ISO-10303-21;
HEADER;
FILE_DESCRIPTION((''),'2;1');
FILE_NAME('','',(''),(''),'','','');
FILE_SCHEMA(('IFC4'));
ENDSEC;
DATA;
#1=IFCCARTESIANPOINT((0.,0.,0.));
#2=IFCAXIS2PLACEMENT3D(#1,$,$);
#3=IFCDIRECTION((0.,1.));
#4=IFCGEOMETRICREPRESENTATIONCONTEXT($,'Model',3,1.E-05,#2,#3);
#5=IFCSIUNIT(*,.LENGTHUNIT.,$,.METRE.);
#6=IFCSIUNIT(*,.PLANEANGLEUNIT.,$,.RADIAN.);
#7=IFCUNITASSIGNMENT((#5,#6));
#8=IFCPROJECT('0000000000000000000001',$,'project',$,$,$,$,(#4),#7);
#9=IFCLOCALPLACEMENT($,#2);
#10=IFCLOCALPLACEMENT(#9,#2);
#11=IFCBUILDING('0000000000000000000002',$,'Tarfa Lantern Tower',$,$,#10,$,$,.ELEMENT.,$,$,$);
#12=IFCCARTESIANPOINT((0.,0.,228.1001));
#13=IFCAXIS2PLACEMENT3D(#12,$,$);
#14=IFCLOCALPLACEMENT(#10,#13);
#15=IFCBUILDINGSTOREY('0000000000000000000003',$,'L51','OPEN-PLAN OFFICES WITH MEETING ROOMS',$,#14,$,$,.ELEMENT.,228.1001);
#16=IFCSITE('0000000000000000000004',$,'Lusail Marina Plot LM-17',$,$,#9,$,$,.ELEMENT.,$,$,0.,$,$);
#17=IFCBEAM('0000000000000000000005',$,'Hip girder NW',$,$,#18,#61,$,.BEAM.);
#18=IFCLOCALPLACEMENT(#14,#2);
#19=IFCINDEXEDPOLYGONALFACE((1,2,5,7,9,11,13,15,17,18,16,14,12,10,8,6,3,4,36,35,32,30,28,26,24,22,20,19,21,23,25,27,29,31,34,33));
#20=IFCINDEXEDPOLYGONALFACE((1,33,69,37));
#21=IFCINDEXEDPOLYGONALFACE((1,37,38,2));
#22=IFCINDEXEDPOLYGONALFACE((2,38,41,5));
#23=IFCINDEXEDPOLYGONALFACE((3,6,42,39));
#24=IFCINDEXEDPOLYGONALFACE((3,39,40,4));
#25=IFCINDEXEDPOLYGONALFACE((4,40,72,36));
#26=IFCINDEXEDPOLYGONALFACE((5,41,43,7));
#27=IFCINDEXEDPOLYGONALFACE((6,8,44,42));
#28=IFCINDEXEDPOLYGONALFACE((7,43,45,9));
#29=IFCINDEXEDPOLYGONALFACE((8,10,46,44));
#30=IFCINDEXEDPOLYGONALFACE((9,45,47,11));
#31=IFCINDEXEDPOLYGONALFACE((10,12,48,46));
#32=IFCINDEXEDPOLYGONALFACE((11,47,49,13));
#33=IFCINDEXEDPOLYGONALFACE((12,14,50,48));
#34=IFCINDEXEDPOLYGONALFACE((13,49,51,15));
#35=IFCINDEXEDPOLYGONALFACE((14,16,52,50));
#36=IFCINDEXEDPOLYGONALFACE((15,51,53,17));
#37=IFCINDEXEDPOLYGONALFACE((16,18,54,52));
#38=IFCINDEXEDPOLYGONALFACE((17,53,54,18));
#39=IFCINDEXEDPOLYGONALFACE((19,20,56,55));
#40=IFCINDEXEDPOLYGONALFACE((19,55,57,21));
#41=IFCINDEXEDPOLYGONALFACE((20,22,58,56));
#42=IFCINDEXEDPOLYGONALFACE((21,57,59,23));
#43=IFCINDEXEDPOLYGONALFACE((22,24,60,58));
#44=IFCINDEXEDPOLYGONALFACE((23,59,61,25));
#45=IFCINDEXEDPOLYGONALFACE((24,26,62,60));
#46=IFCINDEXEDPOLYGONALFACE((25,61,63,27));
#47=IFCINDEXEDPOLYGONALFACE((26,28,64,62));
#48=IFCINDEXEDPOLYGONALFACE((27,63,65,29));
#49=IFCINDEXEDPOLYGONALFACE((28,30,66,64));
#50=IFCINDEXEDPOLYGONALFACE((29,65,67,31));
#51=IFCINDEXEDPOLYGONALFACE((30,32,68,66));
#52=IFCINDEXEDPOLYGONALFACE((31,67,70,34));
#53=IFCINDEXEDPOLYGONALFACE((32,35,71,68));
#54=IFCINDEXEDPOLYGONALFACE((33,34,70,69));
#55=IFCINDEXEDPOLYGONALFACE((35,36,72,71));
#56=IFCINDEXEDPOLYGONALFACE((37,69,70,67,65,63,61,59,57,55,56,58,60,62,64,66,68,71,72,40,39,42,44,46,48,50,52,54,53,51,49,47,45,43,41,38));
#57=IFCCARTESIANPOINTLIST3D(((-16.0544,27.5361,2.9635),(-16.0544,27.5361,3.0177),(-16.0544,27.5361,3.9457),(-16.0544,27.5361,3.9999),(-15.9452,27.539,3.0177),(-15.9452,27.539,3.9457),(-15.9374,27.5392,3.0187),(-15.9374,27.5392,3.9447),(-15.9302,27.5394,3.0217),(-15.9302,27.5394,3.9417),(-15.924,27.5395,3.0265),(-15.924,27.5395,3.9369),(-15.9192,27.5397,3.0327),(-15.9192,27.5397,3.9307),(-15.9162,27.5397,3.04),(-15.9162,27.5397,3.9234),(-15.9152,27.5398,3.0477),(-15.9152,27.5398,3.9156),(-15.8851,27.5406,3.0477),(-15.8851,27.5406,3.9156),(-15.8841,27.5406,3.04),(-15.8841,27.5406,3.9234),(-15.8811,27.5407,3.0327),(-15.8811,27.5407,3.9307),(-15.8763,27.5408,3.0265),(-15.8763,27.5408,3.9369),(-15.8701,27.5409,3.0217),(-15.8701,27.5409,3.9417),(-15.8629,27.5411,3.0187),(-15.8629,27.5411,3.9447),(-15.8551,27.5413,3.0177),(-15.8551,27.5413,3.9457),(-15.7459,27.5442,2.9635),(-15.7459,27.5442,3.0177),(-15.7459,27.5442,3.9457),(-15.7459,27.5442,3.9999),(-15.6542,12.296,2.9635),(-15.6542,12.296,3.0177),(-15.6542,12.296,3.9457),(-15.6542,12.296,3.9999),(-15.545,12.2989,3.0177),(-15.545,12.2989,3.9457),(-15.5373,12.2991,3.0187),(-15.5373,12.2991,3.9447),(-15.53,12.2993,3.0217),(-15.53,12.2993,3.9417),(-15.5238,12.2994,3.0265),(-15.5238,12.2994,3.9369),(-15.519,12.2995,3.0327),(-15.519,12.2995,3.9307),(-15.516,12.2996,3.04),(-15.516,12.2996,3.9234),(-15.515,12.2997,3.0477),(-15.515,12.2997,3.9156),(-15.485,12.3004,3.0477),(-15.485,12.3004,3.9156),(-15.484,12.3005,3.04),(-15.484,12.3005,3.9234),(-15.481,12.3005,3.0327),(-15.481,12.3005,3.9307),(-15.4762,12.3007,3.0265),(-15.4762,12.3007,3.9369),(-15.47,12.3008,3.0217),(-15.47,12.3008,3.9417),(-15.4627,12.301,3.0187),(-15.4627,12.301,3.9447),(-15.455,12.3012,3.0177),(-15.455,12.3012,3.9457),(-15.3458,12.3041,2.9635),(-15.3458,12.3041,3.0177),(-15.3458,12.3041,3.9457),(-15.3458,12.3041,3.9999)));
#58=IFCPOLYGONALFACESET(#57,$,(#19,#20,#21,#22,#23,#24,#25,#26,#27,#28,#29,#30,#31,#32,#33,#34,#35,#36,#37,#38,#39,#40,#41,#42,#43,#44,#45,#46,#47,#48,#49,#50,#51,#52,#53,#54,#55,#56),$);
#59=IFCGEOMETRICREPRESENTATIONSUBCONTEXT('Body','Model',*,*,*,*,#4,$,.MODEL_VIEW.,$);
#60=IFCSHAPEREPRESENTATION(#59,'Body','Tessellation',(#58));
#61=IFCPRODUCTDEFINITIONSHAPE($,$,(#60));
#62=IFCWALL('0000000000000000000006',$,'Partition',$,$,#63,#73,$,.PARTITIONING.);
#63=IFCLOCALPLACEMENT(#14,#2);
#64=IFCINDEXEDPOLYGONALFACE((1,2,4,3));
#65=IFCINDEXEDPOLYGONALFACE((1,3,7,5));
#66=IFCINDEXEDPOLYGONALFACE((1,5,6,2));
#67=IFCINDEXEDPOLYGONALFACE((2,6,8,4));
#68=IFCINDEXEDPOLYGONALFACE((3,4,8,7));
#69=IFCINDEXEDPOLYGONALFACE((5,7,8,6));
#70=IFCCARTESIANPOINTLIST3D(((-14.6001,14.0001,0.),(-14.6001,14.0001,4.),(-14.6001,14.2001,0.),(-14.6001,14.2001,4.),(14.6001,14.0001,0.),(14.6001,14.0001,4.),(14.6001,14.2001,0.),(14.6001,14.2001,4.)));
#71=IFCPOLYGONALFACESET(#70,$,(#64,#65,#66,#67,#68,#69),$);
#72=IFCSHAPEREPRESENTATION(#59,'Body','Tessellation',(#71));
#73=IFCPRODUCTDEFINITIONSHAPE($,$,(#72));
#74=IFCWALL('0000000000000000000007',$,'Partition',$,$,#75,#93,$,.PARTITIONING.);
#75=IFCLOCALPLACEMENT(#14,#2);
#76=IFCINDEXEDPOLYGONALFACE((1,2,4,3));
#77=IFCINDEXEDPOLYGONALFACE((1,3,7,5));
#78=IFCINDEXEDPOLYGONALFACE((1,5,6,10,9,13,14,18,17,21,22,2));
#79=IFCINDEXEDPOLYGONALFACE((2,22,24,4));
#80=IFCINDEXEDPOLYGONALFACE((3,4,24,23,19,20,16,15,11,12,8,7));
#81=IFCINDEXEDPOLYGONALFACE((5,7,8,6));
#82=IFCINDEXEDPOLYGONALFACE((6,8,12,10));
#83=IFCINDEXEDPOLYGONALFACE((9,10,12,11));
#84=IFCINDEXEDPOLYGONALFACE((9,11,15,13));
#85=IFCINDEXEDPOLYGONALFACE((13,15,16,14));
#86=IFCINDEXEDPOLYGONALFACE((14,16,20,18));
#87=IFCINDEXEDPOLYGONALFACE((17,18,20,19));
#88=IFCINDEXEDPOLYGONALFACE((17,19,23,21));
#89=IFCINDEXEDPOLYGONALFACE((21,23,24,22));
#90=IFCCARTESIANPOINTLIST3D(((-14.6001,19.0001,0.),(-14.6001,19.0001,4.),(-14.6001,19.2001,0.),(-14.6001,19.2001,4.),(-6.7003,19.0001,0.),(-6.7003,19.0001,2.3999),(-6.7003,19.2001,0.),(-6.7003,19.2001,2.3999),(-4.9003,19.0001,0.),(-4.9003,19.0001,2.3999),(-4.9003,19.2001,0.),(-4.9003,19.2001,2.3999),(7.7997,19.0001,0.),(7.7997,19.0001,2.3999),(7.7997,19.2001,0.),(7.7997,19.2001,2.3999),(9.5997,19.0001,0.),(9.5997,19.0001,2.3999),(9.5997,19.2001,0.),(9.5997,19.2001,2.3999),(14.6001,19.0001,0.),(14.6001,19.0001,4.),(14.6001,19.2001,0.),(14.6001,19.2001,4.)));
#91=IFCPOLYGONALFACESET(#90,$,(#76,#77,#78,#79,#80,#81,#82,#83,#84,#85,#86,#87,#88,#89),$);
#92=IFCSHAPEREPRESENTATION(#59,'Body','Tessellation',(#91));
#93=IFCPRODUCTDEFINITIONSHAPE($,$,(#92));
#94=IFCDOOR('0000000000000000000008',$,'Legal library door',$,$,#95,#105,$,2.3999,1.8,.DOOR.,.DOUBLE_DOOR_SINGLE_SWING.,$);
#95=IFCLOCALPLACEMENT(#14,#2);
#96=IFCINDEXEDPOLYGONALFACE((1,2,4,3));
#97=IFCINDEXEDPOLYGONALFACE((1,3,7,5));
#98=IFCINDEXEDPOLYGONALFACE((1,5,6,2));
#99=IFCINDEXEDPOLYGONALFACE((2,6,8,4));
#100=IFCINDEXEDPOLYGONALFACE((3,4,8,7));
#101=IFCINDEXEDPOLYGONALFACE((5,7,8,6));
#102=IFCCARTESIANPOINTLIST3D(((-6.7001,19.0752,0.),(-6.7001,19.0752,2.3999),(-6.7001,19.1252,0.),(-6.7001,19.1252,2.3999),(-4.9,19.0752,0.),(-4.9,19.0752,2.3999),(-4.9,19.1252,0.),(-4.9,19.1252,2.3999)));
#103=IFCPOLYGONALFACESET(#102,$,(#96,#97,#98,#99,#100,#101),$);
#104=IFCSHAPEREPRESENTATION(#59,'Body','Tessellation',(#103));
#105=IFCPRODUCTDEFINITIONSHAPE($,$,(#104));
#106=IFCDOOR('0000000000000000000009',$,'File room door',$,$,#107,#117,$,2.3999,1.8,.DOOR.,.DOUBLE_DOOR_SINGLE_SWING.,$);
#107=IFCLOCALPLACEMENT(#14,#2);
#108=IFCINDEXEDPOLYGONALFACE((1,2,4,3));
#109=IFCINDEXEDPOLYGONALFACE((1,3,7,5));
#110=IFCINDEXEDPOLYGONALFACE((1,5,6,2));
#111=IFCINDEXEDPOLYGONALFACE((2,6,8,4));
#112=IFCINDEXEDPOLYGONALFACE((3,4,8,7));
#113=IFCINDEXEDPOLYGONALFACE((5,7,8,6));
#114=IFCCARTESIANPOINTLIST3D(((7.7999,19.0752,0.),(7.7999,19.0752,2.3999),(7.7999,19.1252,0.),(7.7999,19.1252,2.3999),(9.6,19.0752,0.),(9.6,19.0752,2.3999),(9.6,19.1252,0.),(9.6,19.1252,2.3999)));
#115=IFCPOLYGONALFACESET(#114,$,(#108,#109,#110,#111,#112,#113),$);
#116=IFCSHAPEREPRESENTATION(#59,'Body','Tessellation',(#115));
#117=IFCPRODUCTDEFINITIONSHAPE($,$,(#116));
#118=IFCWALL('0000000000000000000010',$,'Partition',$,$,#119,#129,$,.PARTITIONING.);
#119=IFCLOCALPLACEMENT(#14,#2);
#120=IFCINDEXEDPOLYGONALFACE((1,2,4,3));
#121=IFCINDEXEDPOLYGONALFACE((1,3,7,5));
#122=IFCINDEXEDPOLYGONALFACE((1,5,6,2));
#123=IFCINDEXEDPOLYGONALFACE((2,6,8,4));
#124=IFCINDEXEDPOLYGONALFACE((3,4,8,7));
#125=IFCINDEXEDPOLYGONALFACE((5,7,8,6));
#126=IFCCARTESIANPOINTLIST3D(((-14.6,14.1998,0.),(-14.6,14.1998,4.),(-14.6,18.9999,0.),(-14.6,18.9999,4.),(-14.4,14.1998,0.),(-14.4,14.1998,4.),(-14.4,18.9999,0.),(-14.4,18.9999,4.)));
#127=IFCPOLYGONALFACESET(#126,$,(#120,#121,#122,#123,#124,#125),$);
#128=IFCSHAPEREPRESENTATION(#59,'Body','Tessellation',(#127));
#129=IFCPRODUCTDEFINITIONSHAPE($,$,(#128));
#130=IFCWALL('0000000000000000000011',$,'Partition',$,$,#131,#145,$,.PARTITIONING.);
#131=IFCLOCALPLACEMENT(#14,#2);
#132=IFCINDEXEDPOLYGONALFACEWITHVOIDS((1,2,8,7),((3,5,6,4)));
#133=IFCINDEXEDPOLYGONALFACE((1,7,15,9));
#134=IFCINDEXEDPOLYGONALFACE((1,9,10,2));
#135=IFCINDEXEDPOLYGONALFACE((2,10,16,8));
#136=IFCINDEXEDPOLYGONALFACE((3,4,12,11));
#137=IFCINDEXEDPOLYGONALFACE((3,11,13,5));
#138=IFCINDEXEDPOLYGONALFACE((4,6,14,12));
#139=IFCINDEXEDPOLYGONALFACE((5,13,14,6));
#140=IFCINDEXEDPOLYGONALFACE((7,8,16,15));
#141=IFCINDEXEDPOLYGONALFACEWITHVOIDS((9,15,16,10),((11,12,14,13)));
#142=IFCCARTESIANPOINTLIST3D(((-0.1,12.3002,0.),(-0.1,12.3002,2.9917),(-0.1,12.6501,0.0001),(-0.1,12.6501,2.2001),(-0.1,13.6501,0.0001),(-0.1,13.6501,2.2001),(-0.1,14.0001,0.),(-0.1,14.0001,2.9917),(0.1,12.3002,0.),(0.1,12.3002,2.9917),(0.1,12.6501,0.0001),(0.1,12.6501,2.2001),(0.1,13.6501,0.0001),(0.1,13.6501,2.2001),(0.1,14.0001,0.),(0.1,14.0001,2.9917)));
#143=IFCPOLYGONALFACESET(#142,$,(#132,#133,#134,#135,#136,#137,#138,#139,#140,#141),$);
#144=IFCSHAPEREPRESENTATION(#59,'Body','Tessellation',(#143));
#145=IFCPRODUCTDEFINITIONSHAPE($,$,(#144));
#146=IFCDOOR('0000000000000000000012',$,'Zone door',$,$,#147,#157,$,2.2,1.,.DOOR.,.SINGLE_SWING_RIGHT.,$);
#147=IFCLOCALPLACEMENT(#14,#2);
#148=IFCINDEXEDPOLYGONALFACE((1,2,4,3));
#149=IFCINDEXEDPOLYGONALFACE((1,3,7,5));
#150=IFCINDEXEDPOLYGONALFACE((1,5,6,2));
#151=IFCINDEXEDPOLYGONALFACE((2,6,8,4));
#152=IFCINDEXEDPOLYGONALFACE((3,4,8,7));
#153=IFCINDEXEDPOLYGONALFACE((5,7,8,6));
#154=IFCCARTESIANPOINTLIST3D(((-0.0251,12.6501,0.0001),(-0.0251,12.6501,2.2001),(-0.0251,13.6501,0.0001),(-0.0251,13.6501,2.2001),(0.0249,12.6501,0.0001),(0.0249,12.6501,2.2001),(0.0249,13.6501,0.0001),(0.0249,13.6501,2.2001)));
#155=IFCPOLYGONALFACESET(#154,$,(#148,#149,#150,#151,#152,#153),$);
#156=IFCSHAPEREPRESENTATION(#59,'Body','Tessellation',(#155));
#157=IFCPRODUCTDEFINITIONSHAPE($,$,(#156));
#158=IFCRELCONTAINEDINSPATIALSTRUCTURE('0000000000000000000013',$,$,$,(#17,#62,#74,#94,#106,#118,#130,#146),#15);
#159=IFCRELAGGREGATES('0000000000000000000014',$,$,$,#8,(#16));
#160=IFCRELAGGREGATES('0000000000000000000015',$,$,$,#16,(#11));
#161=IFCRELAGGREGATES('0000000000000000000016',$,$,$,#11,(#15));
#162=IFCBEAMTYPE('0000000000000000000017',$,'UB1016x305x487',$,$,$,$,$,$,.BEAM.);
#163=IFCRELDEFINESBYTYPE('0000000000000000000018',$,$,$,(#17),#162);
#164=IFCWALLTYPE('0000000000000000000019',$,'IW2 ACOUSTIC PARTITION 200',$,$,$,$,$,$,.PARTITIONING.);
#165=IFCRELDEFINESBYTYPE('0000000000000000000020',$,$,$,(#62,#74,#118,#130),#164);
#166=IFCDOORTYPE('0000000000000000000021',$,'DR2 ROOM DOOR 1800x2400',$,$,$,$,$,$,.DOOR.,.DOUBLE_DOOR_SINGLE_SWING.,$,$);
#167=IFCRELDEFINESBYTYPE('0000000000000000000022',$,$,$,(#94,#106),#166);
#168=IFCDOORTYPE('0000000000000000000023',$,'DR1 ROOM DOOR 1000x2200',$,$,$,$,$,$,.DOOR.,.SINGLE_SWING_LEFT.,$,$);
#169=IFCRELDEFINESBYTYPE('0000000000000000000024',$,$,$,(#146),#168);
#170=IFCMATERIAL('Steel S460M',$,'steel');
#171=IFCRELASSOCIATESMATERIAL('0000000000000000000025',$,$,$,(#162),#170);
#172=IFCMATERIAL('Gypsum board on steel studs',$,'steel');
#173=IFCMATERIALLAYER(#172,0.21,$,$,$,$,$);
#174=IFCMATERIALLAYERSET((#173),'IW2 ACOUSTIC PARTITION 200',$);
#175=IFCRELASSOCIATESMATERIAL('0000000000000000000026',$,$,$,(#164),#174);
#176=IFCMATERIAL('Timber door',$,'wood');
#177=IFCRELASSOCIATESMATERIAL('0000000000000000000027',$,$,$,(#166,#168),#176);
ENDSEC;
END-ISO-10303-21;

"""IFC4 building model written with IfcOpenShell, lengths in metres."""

from ifc_helpers import new_model, si_unit, direction, frame, frame_2d, origin, origin_2d, place, context, subcontext, project, spatial, rectangle, i_section, extrude, material, layer, layer_set, material_profile, profile_set, type_object, element, fill, save


model = new_model("IFC4")

# Units and contexts
model_context = context("Model", 3, precision=1e-05, world=origin(), true_north=direction((0.0, 1.0)))
body_context = subcontext(model_context, "Body", "Model", "MODEL_VIEW")
ifc_project = project(units=[si_unit("LENGTHUNIT", "METRE"), si_unit("PLANEANGLEUNIT", "RADIAN")], contexts=[model_context])

# Site, building, storey
site_placement = place(None, origin())
site = spatial("IfcSite", under=ifc_project, at=site_placement, Name="Lusail Marina Plot LM-17", CompositionType="ELEMENT", RefElevation=0.0)
building_placement = place(site_placement, origin())
building = spatial("IfcBuilding", under=site, at=building_placement, Name="Tarfa Lantern Tower", CompositionType="ELEMENT")
storey_placement = place(building_placement, frame((0.0, 0.0, 228.1001)))
storey = spatial("IfcBuildingStorey", under=building, at=storey_placement, Name="L51", Description="OPEN-PLAN OFFICES WITH MEETING ROOMS", CompositionType="ELEMENT", Elevation=228.1001)

# Beam
ifc_material_1 = material(Name="Steel S460M", Category="steel")
ifc_material_profile = material_profile(ifc_material_1, i_section(OverallWidth=0.3086, OverallDepth=1.0364, WebThickness=0.03, FlangeThickness=0.0542, FilletRadius=0.03, at=origin_2d()), Name="UB1016x305x487")
ifc_profile_set = profile_set([ifc_material_profile], Name="Steel S460M")
beam_type = type_object("IfcBeamType", Name="UB1016x305x487", PredefinedType="BEAM", material=ifc_profile_set)
beam_placement = place(storey_placement, frame((-15.5, 12.3, 3.4817), z_axis=(-0.026247, 0.999655, 0.0), x_axis=(-0.999655, -0.026247, 0.0)))
element("IfcBeam", 1, at=beam_placement, inside=storey, type_object=beam_type, Name="Hip girder NW", PredefinedType="BEAM", context=body_context, shape_type="SweptSolid", body=[
    extrude(i_section(OverallWidth=0.3086, OverallDepth=1.0364, WebThickness=0.03, FlangeThickness=0.0542, FilletRadius=0.03, at=origin_2d()), origin(), (0.0, 0.0, 1.0), 15.2454),
])

# Wall
ifc_material_2 = material(Name="Gypsum board on steel studs", Category="steel")
ifc_layer_1 = layer(ifc_material_2, 0.21)
ifc_layer_set_1 = layer_set([ifc_layer_1], Name="IW2 ACOUSTIC PARTITION 200")
wall_type_1 = type_object("IfcWallType", Name="IW2 ACOUSTIC PARTITION 200", PredefinedType="PARTITIONING", material=ifc_layer_set_1)
wall_1_placement = place(storey_placement, frame((-14.6001, 14.1001, 0.0), z_axis=(0.0, 0.0, 1.0), x_axis=(1.0, 0.0, 0.0)))
element("IfcWall", 2, at=wall_1_placement, inside=storey, type_object=wall_type_1, Name="Partition", PredefinedType="PARTITIONING", context=body_context, shape_type="SweptSolid", body=[
    extrude(rectangle(XDim=29.2002, YDim=0.2, at=frame_2d((14.6001, 0.0))), origin(), (0.0, 0.0, 1.0), 4.0),
])

# Wall, openings, doors
wall_2_placement = place(storey_placement, frame((-14.6001, 19.1001, 0.0), z_axis=(0.0, 0.0, 1.0), x_axis=(1.0, 0.0, 0.0)))
wall_2 = element("IfcWall", 3, at=wall_2_placement, inside=storey, type_object=wall_type_1, Name="Partition", PredefinedType="PARTITIONING", context=body_context, shape_type="SweptSolid", body=[
    extrude(rectangle(XDim=29.2002, YDim=0.2, at=frame_2d((14.6001, 0.0))), origin(), (0.0, 0.0, 1.0), 4.0),
])
opening_1_placement = place(wall_2_placement, frame((7.8999, 0.0, 0.0)))
opening_1 = element("IfcOpeningElement", 4, at=opening_1_placement, cuts=wall_2, PredefinedType="OPENING", context=body_context, shape_type="SweptSolid", body=[
    extrude(rectangle(XDim=1.8, YDim=2.3999, at=frame_2d((0.8999, 1.2))), frame((0.0, 0.1099, 0.0), z_axis=(0.0, -1.0, 0.0), x_axis=(1.0, 0.0, 0.0)), (0.0, 0.0, 1.0), 0.22),
])
opening_2_placement = place(wall_2_placement, frame((22.3999, 0.0, 0.0)))
opening_2 = element("IfcOpeningElement", 5, at=opening_2_placement, cuts=wall_2, PredefinedType="OPENING", context=body_context, shape_type="SweptSolid", body=[
    extrude(rectangle(XDim=1.8, YDim=2.3999, at=frame_2d((0.8999, 1.2))), frame((0.0, 0.1099, 0.0), z_axis=(0.0, -1.0, 0.0), x_axis=(1.0, 0.0, 0.0)), (0.0, 0.0, 1.0), 0.22),
])
ifc_material_3 = material(Name="Timber door", Category="wood")
door_type_1 = type_object("IfcDoorType", Name="DR2 ROOM DOOR 1800x2400", OperationType="DOUBLE_DOOR_SINGLE_SWING", PredefinedType="DOOR", material=ifc_material_3)
door_1_placement = place(opening_1_placement, frame((1.8, 0.0, 0.0), z_axis=(0.0, 0.0, 1.0), x_axis=(-1.0, 0.0, 0.0)))
door_1 = element("IfcDoor", 6, at=door_1_placement, inside=storey, type_object=door_type_1, Name="Legal library door", OperationType="DOUBLE_DOOR_SINGLE_SWING", OverallHeight=2.3999, OverallWidth=1.8, PredefinedType="DOOR", context=body_context, shape_type="SweptSolid", body=[
    extrude(rectangle(XDim=1.8, YDim=2.3999, at=frame_2d((0.8999, 1.2))), frame((0.0, 0.0249, 0.0), z_axis=(0.0, -1.0, 0.0), x_axis=(1.0, 0.0, 0.0)), (0.0, 0.0, 1.0), 0.05),
])
fill(opening_1, door_1)
door_2_placement = place(opening_2_placement, frame((1.8, 0.0, 0.0), z_axis=(0.0, 0.0, 1.0), x_axis=(-1.0, 0.0, 0.0)))
door_2 = element("IfcDoor", 7, at=door_2_placement, inside=storey, type_object=door_type_1, Name="File room door", OperationType="DOUBLE_DOOR_SINGLE_SWING", OverallHeight=2.3999, OverallWidth=1.8, PredefinedType="DOOR", context=body_context, shape_type="SweptSolid", body=[
    extrude(rectangle(XDim=1.8, YDim=2.3999, at=frame_2d((0.8999, 1.2))), frame((0.0, 0.0249, 0.0), z_axis=(0.0, -1.0, 0.0), x_axis=(1.0, 0.0, 0.0)), (0.0, 0.0, 1.0), 0.05),
])
fill(opening_2, door_2)

# Wall
wall_3_placement = place(storey_placement, frame((-14.5, 14.2, 0.0), z_axis=(0.0, 0.0, 1.0), x_axis=(0.0, 1.0, 0.0)))
element("IfcWall", 8, at=wall_3_placement, inside=storey, type_object=wall_type_1, Name="Partition", PredefinedType="PARTITIONING", context=body_context, shape_type="SweptSolid", body=[
    extrude(rectangle(XDim=4.8, YDim=0.2, at=frame_2d((2.3999, 0.0))), origin(), (0.0, 0.0, 1.0), 4.0),
])

# Wall, opening, door
wall_4_placement = place(storey_placement, frame((0.0, 12.3, 0.0), z_axis=(0.0, 0.0, 1.0), x_axis=(0.0, 1.0, 0.0)))
wall_4 = element("IfcWall", 9, at=wall_4_placement, inside=storey, type_object=wall_type_1, Name="Partition", PredefinedType="PARTITIONING", context=body_context, shape_type="SweptSolid", body=[
    extrude(rectangle(XDim=1.7, YDim=0.2, at=frame_2d((0.8501, 0.0))), origin(), (0.0, 0.0, 1.0), 2.9917),
])
opening_3_placement = place(wall_4_placement, frame((0.3501, 0.0, 0.0)))
opening_3 = element("IfcOpeningElement", 10, at=opening_3_placement, cuts=wall_4, PredefinedType="OPENING", context=body_context, shape_type="SweptSolid", body=[
    extrude(rectangle(XDim=1.0, YDim=2.2, at=frame_2d((0.5, 1.1001))), frame((0.0, 0.1099, 0.0), z_axis=(0.0, -1.0, 0.0), x_axis=(1.0, 0.0, 0.0)), (0.0, 0.0, 1.0), 0.22),
])
door_type_2 = type_object("IfcDoorType", Name="DR1 ROOM DOOR 1000x2200", OperationType="SINGLE_SWING_LEFT", PredefinedType="DOOR", material=ifc_material_3)
door_3_placement = place(opening_3_placement, frame((1.0, 0.0, 0.0), z_axis=(0.0, 0.0, 1.0), x_axis=(-1.0, 0.0, 0.0)))
door_3 = element("IfcDoor", 11, at=door_3_placement, inside=storey, type_object=door_type_2, Name="Zone door", OperationType="SINGLE_SWING_RIGHT", OverallHeight=2.2, OverallWidth=1.0, PredefinedType="DOOR", context=body_context, shape_type="SweptSolid", body=[
    extrude(rectangle(XDim=1.0, YDim=2.2, at=frame_2d((0.5, 1.1001))), frame((0.0, 0.0249, 0.0), z_axis=(0.0, -1.0, 0.0), x_axis=(1.0, 0.0, 0.0)), (0.0, 0.0, 1.0), 0.05),
])
fill(opening_3, door_3)

save(model, "model.ifc")
